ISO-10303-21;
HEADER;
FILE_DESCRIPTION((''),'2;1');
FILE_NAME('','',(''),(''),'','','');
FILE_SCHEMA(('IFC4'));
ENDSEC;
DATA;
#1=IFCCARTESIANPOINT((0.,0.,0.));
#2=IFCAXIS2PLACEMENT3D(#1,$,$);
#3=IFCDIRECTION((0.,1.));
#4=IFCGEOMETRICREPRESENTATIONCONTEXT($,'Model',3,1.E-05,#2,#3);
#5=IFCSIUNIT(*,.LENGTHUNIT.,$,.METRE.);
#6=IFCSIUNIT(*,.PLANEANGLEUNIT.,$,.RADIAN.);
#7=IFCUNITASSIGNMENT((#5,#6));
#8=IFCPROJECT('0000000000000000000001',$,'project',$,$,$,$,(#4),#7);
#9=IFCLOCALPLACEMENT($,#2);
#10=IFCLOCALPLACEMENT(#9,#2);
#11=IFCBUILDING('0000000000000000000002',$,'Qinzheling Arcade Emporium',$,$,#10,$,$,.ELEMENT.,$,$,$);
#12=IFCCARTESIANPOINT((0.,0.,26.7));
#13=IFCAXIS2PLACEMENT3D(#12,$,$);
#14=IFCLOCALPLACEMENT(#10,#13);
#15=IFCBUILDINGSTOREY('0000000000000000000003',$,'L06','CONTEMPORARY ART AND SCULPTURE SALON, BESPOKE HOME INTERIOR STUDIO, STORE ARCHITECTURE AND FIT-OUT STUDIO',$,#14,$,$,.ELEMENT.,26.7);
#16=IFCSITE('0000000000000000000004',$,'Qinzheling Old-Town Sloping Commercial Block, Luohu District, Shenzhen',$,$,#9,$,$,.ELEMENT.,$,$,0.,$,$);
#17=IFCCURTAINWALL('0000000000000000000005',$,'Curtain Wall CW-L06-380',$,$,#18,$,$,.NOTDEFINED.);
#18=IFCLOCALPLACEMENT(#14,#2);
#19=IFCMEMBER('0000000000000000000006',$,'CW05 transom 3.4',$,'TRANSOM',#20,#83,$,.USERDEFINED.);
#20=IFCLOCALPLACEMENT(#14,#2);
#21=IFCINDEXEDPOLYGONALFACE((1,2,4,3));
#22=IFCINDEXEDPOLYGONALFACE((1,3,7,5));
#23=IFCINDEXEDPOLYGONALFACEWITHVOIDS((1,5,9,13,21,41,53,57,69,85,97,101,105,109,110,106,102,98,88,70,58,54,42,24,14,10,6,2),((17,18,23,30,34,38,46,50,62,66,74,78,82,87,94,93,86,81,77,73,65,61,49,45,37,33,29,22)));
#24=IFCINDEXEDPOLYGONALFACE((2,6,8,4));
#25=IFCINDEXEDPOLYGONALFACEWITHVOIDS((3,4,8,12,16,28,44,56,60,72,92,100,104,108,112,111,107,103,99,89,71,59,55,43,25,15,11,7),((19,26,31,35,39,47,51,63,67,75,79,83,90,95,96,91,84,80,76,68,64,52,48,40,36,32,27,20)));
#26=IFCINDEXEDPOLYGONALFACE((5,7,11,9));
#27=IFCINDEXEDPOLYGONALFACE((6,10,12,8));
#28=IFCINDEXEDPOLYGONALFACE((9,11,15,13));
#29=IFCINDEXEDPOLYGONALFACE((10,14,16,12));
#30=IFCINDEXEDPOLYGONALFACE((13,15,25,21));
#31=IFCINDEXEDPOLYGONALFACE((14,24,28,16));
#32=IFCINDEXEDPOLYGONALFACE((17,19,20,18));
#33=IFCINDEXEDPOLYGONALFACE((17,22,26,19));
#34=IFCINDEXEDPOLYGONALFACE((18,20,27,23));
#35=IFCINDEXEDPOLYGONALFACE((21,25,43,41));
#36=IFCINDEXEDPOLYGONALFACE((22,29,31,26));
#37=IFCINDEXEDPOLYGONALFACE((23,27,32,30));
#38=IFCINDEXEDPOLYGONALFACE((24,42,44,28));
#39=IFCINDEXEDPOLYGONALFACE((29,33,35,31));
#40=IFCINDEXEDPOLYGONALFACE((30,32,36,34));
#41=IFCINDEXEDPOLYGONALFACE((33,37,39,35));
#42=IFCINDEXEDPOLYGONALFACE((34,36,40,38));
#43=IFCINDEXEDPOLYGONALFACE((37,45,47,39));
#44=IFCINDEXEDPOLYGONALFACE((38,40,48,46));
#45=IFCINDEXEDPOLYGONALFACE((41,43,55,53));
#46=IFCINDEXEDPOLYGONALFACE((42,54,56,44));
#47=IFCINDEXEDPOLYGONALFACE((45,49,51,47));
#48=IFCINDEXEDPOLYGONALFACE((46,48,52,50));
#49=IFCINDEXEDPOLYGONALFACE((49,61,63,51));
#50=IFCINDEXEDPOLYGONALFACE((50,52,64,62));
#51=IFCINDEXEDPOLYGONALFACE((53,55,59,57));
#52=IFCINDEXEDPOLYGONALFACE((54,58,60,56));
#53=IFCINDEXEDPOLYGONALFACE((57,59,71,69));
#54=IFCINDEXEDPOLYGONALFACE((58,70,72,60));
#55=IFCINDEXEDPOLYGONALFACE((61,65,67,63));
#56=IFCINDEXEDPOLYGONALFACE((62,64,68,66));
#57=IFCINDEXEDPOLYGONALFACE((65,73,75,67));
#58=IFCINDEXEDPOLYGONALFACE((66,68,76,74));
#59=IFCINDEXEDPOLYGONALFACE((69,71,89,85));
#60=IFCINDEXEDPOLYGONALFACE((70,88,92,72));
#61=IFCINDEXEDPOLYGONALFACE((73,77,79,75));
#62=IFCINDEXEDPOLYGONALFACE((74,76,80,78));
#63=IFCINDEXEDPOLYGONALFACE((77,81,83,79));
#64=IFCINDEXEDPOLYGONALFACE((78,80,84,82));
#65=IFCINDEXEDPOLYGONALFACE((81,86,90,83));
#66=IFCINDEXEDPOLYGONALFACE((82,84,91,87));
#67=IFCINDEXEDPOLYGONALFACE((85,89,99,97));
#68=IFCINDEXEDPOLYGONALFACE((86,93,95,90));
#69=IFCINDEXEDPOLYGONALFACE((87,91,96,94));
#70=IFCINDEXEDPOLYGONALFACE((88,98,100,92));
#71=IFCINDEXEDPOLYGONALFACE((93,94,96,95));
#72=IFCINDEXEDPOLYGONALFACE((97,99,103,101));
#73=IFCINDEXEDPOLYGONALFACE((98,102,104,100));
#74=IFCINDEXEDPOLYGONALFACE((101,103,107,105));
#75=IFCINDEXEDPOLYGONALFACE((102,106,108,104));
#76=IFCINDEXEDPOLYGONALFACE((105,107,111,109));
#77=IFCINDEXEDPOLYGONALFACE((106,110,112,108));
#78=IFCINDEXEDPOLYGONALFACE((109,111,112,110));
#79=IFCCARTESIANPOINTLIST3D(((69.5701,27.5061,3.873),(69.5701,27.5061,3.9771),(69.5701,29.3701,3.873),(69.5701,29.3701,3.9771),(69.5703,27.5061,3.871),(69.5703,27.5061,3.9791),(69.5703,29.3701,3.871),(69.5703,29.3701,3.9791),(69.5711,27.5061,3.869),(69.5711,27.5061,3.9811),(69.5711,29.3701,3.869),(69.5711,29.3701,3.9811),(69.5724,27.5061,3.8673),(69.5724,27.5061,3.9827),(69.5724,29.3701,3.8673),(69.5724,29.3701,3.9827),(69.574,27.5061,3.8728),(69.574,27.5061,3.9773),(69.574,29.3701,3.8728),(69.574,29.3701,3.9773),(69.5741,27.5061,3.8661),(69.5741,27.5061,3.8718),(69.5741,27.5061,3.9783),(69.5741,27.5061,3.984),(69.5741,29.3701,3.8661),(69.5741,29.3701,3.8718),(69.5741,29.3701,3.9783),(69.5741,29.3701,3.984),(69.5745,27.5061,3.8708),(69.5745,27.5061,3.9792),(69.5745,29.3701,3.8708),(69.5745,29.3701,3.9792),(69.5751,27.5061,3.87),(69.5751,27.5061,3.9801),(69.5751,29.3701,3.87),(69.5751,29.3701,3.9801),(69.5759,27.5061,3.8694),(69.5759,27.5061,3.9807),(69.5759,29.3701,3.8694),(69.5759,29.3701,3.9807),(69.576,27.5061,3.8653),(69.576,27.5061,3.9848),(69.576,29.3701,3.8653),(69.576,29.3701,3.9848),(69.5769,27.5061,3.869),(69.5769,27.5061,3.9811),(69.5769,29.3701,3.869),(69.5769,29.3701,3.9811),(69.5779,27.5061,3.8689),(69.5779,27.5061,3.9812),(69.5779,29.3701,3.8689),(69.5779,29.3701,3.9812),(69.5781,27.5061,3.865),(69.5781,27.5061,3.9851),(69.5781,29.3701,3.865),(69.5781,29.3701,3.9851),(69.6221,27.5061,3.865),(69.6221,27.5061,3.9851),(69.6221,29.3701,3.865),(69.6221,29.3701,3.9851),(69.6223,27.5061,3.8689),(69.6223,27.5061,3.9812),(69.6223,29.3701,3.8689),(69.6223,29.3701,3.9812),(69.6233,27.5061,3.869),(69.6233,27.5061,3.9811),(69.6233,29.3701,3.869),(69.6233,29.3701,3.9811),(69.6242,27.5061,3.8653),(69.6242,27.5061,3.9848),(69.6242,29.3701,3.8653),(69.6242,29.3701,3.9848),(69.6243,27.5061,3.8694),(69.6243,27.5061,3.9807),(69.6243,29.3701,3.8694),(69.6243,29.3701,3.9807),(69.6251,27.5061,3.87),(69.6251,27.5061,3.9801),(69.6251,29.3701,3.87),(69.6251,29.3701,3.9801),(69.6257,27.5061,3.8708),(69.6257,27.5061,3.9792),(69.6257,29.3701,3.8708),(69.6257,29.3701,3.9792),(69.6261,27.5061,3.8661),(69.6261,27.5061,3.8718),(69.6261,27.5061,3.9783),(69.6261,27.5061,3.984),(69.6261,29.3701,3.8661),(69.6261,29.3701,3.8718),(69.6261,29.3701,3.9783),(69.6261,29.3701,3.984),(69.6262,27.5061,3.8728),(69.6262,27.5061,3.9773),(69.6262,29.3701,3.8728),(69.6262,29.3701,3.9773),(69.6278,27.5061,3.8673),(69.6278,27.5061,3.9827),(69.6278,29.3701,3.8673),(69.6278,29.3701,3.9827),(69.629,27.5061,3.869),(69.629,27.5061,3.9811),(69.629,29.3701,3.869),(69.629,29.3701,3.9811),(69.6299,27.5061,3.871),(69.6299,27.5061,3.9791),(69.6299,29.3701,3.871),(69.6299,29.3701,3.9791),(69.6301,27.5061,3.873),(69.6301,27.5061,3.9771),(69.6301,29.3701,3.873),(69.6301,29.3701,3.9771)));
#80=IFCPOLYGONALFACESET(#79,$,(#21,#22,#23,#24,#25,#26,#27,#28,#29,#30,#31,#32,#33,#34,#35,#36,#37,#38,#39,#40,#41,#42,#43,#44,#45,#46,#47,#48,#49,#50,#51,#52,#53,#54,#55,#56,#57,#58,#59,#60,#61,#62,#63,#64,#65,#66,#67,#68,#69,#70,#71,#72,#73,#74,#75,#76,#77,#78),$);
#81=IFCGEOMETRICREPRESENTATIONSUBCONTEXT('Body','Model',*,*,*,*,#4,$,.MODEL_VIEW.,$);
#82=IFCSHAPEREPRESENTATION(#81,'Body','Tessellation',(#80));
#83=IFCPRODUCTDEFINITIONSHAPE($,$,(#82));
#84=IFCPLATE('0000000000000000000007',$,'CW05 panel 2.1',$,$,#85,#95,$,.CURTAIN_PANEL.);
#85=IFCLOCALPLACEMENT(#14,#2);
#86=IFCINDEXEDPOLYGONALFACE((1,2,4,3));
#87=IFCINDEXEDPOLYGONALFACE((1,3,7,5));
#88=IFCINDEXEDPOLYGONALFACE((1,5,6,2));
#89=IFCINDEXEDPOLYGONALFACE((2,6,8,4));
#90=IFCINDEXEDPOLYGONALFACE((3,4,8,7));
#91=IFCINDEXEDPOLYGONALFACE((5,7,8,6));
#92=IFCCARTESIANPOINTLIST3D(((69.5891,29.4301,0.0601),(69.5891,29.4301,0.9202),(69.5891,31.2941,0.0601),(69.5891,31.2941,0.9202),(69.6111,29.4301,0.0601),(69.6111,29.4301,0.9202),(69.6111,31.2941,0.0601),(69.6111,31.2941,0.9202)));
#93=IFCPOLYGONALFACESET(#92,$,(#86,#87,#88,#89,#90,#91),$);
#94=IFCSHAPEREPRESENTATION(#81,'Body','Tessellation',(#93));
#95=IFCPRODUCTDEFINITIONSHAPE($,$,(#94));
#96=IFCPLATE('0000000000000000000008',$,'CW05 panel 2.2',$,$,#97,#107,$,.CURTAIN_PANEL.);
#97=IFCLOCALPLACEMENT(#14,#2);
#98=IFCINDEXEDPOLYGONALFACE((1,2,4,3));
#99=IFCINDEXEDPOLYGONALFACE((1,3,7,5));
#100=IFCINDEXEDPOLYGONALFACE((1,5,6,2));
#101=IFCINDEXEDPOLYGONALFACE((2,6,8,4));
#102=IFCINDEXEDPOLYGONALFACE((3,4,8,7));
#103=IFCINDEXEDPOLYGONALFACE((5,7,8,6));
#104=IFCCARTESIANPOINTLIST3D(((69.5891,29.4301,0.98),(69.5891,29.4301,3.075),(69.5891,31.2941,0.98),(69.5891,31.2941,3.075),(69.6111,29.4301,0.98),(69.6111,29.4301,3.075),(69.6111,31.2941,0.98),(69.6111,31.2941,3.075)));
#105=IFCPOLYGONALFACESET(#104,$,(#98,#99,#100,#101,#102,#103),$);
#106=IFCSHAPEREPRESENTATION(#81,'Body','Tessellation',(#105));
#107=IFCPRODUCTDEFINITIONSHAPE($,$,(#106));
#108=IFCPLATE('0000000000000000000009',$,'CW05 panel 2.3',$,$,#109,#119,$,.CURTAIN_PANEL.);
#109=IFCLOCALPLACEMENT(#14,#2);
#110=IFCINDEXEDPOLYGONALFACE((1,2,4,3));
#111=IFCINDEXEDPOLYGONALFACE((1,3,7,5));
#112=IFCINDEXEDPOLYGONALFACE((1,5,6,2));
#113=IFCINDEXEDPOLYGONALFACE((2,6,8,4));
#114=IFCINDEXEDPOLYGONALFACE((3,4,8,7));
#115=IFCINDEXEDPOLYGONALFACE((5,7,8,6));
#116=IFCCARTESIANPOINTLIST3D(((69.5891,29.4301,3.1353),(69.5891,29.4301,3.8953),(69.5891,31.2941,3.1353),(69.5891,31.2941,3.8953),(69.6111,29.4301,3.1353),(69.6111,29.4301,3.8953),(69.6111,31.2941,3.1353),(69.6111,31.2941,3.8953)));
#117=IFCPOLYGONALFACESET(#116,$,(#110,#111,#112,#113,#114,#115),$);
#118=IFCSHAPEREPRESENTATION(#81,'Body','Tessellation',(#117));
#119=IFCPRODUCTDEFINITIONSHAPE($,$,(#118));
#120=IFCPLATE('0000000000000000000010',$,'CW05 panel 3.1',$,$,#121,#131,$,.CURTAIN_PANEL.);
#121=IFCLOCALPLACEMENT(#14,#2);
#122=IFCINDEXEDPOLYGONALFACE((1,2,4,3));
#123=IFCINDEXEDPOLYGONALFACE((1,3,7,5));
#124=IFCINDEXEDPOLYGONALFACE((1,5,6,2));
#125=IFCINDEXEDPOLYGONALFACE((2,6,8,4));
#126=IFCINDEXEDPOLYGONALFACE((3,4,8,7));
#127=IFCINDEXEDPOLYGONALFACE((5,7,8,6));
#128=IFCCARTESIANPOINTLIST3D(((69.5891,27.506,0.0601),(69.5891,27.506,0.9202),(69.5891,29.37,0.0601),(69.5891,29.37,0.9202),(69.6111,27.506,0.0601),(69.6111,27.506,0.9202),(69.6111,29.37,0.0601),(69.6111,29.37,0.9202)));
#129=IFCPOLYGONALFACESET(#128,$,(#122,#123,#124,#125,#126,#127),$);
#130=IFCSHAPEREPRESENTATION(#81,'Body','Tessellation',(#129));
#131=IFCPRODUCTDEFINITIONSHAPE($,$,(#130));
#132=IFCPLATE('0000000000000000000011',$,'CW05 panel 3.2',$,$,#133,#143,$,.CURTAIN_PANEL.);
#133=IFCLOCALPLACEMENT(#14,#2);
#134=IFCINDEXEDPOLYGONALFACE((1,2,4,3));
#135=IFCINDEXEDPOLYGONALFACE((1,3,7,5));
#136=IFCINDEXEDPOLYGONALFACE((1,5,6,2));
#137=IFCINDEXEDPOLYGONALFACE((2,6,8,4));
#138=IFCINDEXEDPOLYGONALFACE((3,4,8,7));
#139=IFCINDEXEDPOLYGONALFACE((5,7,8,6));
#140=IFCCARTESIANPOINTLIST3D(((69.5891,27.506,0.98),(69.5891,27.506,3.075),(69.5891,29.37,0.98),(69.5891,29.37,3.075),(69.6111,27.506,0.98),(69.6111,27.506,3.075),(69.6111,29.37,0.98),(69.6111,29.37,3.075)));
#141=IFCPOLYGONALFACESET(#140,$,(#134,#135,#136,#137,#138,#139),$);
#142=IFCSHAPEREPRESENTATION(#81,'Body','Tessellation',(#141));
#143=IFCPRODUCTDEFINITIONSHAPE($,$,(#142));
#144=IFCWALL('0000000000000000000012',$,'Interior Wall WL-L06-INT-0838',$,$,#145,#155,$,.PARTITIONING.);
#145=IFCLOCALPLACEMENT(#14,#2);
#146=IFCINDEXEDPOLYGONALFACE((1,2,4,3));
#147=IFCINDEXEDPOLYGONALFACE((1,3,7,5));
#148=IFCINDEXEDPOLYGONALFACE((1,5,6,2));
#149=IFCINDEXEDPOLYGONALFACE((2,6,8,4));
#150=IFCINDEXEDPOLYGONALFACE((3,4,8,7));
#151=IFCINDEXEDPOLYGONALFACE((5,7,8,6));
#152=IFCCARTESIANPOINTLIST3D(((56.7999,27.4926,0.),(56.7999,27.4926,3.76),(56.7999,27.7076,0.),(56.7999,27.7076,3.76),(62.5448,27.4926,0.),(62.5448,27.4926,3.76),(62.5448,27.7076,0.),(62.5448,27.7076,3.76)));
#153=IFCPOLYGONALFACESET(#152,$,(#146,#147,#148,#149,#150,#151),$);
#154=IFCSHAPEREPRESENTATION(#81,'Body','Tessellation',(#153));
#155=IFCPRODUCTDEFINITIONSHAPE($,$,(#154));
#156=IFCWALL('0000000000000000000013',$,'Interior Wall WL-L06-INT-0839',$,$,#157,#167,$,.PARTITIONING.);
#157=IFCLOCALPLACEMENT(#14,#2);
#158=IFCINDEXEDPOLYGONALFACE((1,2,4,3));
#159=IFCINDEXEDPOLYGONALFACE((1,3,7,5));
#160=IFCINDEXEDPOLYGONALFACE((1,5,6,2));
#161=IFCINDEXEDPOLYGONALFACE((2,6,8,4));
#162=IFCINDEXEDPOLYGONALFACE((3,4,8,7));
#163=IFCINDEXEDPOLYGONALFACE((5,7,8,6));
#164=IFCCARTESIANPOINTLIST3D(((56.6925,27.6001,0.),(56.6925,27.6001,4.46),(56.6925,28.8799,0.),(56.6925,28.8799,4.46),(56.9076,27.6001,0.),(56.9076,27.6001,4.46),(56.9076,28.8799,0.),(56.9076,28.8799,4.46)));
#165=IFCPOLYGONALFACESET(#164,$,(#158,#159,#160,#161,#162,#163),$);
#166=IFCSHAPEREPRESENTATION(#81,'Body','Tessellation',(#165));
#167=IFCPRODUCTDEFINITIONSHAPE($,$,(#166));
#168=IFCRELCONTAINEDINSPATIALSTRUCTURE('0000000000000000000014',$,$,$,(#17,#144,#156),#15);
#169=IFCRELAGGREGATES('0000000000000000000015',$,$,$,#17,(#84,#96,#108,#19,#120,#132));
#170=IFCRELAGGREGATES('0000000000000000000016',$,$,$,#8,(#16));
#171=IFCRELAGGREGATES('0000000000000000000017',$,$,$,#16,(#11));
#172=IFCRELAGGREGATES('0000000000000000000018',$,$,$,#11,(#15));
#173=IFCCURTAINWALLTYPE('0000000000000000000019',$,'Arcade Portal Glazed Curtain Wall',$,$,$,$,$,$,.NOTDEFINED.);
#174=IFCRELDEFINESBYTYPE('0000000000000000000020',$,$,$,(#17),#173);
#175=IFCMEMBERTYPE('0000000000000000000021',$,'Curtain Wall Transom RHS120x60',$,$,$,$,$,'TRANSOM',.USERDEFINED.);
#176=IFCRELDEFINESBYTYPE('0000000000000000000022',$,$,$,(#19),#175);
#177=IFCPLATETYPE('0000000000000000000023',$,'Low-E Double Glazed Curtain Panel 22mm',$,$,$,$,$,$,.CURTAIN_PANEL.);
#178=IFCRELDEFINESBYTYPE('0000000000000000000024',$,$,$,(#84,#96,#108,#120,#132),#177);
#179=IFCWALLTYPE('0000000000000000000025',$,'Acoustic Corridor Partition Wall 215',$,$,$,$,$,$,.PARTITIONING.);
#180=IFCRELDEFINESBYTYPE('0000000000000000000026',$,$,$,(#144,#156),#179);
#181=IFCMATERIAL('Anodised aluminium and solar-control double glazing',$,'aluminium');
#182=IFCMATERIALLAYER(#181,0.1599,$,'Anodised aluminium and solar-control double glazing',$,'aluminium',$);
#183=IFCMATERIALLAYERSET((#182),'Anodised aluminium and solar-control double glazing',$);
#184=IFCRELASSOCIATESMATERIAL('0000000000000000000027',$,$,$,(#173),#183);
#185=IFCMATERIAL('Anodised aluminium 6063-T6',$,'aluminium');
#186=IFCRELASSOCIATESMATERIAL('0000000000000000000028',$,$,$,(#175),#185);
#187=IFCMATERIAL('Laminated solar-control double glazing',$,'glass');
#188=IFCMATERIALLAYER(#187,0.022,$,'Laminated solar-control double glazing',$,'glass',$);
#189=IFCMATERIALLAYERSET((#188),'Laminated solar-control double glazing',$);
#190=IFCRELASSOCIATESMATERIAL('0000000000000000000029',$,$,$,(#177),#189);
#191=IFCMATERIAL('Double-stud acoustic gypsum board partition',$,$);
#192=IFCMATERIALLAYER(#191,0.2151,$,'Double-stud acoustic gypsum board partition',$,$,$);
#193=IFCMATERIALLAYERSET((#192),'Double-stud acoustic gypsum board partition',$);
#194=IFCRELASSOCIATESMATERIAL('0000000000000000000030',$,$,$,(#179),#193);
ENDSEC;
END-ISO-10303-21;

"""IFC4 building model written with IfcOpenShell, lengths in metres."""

from ifc_helpers import new_model, si_unit, direction, frame, frame_2d, origin, origin_2d, place, context, subcontext, project, spatial, rectangle, hollow_rectangle, extrude, material, layer, layer_set, material_profile, profile_set, type_object, element, aggregate, save


model = new_model("IFC4")

# Units and contexts
model_context = context("Model", 3, precision=1e-05, world=origin(), true_north=direction((0.0, 1.0)))
body_context = subcontext(model_context, "Body", "Model", "MODEL_VIEW")
ifc_project = project(units=[si_unit("LENGTHUNIT", "METRE"), si_unit("PLANEANGLEUNIT", "RADIAN")], contexts=[model_context])

# Site, building, storey
site_placement = place(None, origin())
site = spatial("IfcSite", under=ifc_project, at=site_placement, Name="Qinzheling Old-Town Sloping Commercial Block, Luohu District, Shenzhen", CompositionType="ELEMENT", RefElevation=0.0)
building_placement = place(site_placement, origin())
building = spatial("IfcBuilding", under=site, at=building_placement, Name="Qinzheling Arcade Emporium", CompositionType="ELEMENT")
storey_placement = place(building_placement, frame((0.0, 0.0, 26.7)))
storey = spatial("IfcBuildingStorey", under=building, at=storey_placement, Name="L06", Description="CONTEMPORARY ART AND SCULPTURE SALON, BESPOKE HOME INTERIOR STUDIO, STORE ARCHITECTURE AND FIT-OUT STUDIO", CompositionType="ELEMENT", Elevation=26.7)

# Curtain wall, member, plates
ifc_material_1 = material(Name="Anodised aluminium and solar-control double glazing", Category="aluminium")
ifc_layer_1 = layer(ifc_material_1, 0.1599, Name="Anodised aluminium and solar-control double glazing", Category="aluminium")
ifc_layer_set_1 = layer_set([ifc_layer_1], Name="Anodised aluminium and solar-control double glazing")
curtain_wall_type = type_object("IfcCurtainWallType", Name="Arcade Portal Glazed Curtain Wall", PredefinedType="NOTDEFINED", material=ifc_layer_set_1)
curtain_wall_placement = place(storey_placement, origin())
curtain_wall = element("IfcCurtainWall", 1, at=curtain_wall_placement, inside=storey, type_object=curtain_wall_type, Name="Curtain Wall CW-L06-380", PredefinedType="NOTDEFINED")
ifc_material_2 = material(Name="Anodised aluminium 6063-T6", Category="aluminium")
ifc_material_profile_1 = material_profile(ifc_material_2, hollow_rectangle(XDim=0.0601, YDim=0.1201, WallThickness=0.0039, InnerFilletRadius=0.0039, OuterFilletRadius=0.0081, at=origin_2d()), Name="RHS 120x60x4", Category="aluminium")
ifc_profile_set_1 = profile_set([ifc_material_profile_1], Name="Anodised aluminium 6063-T6")
member_type_1 = type_object("IfcMemberType", Name="Curtain Wall Transom RHS120x60", ElementType="TRANSOM", PredefinedType="USERDEFINED", material=ifc_profile_set_1)
member_1_placement = place(storey_placement, frame((69.6001, 29.3701, 3.925), z_axis=(0.0, -1.0, 0.0), x_axis=(1.0, 0.0, 0.0)))
member_1 = element("IfcMember", 2, at=member_1_placement, type_object=member_type_1, Name="CW05 transom 3.4", ObjectType="TRANSOM", PredefinedType="USERDEFINED", context=body_context, shape_type="SweptSolid", body=[
    extrude(hollow_rectangle(XDim=0.0601, YDim=0.1201, WallThickness=0.0039, InnerFilletRadius=0.0039, OuterFilletRadius=0.0081, at=origin_2d()), origin(), (0.0, 0.0, 1.0), 1.864),
])
ifc_material_3 = material(Name="Laminated solar-control double glazing", Category="glass")
ifc_layer_2 = layer(ifc_material_3, 0.022, Name="Laminated solar-control double glazing", Category="glass")
ifc_layer_set_2 = layer_set([ifc_layer_2], Name="Laminated solar-control double glazing")
plate_type = type_object("IfcPlateType", Name="Low-E Double Glazed Curtain Panel 22mm", PredefinedType="CURTAIN_PANEL", material=ifc_layer_set_2)
plate_1_placement = place(storey_placement, frame((69.6001, 30.3621, 0.0601), z_axis=(0.0, 0.0, 1.0), x_axis=(0.0, -1.0, 0.0)))
plate_1 = element("IfcPlate", 3, at=plate_1_placement, type_object=plate_type, Name="CW05 panel 2.1", PredefinedType="CURTAIN_PANEL", context=body_context, shape_type="SweptSolid", body=[
    extrude(rectangle(XDim=1.864, YDim=0.022, at=origin_2d()), origin(), (0.0, 0.0, 1.0), 0.8601),
])
plate_2_placement = place(storey_placement, frame((69.6001, 30.3621, 0.98), z_axis=(0.0, 0.0, 1.0), x_axis=(0.0, -1.0, 0.0)))
plate_2 = element("IfcPlate", 4, at=plate_2_placement, type_object=plate_type, Name="CW05 panel 2.2", PredefinedType="CURTAIN_PANEL", context=body_context, shape_type="SweptSolid", body=[
    extrude(rectangle(XDim=1.864, YDim=0.022, at=origin_2d()), origin(), (0.0, 0.0, 1.0), 2.095),
])
plate_3_placement = place(storey_placement, frame((69.6001, 30.3621, 3.1353), z_axis=(0.0, 0.0, 1.0), x_axis=(0.0, -1.0, 0.0)))
plate_3 = element("IfcPlate", 5, at=plate_3_placement, type_object=plate_type, Name="CW05 panel 2.3", PredefinedType="CURTAIN_PANEL", context=body_context, shape_type="SweptSolid", body=[
    extrude(rectangle(XDim=1.864, YDim=0.022, at=origin_2d()), origin(), (0.0, 0.0, 1.0), 0.76),
])
plate_4_placement = place(storey_placement, frame((69.6001, 28.438, 0.0601), z_axis=(0.0, 0.0, 1.0), x_axis=(0.0, -1.0, 0.0)))
plate_4 = element("IfcPlate", 6, at=plate_4_placement, type_object=plate_type, Name="CW05 panel 3.1", PredefinedType="CURTAIN_PANEL", context=body_context, shape_type="SweptSolid", body=[
    extrude(rectangle(XDim=1.864, YDim=0.022, at=origin_2d()), origin(), (0.0, 0.0, 1.0), 0.8601),
])
plate_5_placement = place(storey_placement, frame((69.6001, 28.438, 0.98), z_axis=(0.0, 0.0, 1.0), x_axis=(0.0, -1.0, 0.0)))
plate_5 = element("IfcPlate", 7, at=plate_5_placement, type_object=plate_type, Name="CW05 panel 3.2", PredefinedType="CURTAIN_PANEL", context=body_context, shape_type="SweptSolid", body=[
    extrude(rectangle(XDim=1.864, YDim=0.022, at=origin_2d()), origin(), (0.0, 0.0, 1.0), 2.095),
])
aggregate(curtain_wall, [plate_1, plate_2, plate_3, member_1, plate_4, plate_5])

# Walls
ifc_material_4 = material(Name="Double-stud acoustic gypsum board partition")
ifc_layer_3 = layer(ifc_material_4, 0.2151, Name="Double-stud acoustic gypsum board partition")
ifc_layer_set_3 = layer_set([ifc_layer_3], Name="Double-stud acoustic gypsum board partition")
wall_type_1 = type_object("IfcWallType", Name="Acoustic Corridor Partition Wall 215", PredefinedType="PARTITIONING", material=ifc_layer_set_3)
wall_1_placement = place(storey_placement, frame((62.5449, 27.6001, 0.0), z_axis=(0.0, 0.0, 1.0), x_axis=(-1.0, 0.0, 0.0)))
element("IfcWall", 8, at=wall_1_placement, inside=storey, type_object=wall_type_1, Name="Interior Wall WL-L06-INT-0838", PredefinedType="PARTITIONING", context=body_context, shape_type="SweptSolid", body=[
    extrude(rectangle(XDim=5.7449, YDim=0.2151, at=frame_2d((2.8726, 0.0))), origin(), (0.0, 0.0, 1.0), 3.76),
])
wall_2_placement = place(storey_placement, frame((56.8, 27.6001, 0.0), z_axis=(0.0, 0.0, 1.0), x_axis=(0.0, 1.0, 0.0)))
element("IfcWall", 9, at=wall_2_placement, inside=storey, type_object=wall_type_1, Name="Interior Wall WL-L06-INT-0839", PredefinedType="PARTITIONING", context=body_context, shape_type="SweptSolid", body=[
    extrude(rectangle(XDim=1.2798, YDim=0.2151, at=frame_2d((0.6399, 0.0))), origin(), (0.0, 0.0, 1.0), 4.46),
])

save(model, "model.ifc")
